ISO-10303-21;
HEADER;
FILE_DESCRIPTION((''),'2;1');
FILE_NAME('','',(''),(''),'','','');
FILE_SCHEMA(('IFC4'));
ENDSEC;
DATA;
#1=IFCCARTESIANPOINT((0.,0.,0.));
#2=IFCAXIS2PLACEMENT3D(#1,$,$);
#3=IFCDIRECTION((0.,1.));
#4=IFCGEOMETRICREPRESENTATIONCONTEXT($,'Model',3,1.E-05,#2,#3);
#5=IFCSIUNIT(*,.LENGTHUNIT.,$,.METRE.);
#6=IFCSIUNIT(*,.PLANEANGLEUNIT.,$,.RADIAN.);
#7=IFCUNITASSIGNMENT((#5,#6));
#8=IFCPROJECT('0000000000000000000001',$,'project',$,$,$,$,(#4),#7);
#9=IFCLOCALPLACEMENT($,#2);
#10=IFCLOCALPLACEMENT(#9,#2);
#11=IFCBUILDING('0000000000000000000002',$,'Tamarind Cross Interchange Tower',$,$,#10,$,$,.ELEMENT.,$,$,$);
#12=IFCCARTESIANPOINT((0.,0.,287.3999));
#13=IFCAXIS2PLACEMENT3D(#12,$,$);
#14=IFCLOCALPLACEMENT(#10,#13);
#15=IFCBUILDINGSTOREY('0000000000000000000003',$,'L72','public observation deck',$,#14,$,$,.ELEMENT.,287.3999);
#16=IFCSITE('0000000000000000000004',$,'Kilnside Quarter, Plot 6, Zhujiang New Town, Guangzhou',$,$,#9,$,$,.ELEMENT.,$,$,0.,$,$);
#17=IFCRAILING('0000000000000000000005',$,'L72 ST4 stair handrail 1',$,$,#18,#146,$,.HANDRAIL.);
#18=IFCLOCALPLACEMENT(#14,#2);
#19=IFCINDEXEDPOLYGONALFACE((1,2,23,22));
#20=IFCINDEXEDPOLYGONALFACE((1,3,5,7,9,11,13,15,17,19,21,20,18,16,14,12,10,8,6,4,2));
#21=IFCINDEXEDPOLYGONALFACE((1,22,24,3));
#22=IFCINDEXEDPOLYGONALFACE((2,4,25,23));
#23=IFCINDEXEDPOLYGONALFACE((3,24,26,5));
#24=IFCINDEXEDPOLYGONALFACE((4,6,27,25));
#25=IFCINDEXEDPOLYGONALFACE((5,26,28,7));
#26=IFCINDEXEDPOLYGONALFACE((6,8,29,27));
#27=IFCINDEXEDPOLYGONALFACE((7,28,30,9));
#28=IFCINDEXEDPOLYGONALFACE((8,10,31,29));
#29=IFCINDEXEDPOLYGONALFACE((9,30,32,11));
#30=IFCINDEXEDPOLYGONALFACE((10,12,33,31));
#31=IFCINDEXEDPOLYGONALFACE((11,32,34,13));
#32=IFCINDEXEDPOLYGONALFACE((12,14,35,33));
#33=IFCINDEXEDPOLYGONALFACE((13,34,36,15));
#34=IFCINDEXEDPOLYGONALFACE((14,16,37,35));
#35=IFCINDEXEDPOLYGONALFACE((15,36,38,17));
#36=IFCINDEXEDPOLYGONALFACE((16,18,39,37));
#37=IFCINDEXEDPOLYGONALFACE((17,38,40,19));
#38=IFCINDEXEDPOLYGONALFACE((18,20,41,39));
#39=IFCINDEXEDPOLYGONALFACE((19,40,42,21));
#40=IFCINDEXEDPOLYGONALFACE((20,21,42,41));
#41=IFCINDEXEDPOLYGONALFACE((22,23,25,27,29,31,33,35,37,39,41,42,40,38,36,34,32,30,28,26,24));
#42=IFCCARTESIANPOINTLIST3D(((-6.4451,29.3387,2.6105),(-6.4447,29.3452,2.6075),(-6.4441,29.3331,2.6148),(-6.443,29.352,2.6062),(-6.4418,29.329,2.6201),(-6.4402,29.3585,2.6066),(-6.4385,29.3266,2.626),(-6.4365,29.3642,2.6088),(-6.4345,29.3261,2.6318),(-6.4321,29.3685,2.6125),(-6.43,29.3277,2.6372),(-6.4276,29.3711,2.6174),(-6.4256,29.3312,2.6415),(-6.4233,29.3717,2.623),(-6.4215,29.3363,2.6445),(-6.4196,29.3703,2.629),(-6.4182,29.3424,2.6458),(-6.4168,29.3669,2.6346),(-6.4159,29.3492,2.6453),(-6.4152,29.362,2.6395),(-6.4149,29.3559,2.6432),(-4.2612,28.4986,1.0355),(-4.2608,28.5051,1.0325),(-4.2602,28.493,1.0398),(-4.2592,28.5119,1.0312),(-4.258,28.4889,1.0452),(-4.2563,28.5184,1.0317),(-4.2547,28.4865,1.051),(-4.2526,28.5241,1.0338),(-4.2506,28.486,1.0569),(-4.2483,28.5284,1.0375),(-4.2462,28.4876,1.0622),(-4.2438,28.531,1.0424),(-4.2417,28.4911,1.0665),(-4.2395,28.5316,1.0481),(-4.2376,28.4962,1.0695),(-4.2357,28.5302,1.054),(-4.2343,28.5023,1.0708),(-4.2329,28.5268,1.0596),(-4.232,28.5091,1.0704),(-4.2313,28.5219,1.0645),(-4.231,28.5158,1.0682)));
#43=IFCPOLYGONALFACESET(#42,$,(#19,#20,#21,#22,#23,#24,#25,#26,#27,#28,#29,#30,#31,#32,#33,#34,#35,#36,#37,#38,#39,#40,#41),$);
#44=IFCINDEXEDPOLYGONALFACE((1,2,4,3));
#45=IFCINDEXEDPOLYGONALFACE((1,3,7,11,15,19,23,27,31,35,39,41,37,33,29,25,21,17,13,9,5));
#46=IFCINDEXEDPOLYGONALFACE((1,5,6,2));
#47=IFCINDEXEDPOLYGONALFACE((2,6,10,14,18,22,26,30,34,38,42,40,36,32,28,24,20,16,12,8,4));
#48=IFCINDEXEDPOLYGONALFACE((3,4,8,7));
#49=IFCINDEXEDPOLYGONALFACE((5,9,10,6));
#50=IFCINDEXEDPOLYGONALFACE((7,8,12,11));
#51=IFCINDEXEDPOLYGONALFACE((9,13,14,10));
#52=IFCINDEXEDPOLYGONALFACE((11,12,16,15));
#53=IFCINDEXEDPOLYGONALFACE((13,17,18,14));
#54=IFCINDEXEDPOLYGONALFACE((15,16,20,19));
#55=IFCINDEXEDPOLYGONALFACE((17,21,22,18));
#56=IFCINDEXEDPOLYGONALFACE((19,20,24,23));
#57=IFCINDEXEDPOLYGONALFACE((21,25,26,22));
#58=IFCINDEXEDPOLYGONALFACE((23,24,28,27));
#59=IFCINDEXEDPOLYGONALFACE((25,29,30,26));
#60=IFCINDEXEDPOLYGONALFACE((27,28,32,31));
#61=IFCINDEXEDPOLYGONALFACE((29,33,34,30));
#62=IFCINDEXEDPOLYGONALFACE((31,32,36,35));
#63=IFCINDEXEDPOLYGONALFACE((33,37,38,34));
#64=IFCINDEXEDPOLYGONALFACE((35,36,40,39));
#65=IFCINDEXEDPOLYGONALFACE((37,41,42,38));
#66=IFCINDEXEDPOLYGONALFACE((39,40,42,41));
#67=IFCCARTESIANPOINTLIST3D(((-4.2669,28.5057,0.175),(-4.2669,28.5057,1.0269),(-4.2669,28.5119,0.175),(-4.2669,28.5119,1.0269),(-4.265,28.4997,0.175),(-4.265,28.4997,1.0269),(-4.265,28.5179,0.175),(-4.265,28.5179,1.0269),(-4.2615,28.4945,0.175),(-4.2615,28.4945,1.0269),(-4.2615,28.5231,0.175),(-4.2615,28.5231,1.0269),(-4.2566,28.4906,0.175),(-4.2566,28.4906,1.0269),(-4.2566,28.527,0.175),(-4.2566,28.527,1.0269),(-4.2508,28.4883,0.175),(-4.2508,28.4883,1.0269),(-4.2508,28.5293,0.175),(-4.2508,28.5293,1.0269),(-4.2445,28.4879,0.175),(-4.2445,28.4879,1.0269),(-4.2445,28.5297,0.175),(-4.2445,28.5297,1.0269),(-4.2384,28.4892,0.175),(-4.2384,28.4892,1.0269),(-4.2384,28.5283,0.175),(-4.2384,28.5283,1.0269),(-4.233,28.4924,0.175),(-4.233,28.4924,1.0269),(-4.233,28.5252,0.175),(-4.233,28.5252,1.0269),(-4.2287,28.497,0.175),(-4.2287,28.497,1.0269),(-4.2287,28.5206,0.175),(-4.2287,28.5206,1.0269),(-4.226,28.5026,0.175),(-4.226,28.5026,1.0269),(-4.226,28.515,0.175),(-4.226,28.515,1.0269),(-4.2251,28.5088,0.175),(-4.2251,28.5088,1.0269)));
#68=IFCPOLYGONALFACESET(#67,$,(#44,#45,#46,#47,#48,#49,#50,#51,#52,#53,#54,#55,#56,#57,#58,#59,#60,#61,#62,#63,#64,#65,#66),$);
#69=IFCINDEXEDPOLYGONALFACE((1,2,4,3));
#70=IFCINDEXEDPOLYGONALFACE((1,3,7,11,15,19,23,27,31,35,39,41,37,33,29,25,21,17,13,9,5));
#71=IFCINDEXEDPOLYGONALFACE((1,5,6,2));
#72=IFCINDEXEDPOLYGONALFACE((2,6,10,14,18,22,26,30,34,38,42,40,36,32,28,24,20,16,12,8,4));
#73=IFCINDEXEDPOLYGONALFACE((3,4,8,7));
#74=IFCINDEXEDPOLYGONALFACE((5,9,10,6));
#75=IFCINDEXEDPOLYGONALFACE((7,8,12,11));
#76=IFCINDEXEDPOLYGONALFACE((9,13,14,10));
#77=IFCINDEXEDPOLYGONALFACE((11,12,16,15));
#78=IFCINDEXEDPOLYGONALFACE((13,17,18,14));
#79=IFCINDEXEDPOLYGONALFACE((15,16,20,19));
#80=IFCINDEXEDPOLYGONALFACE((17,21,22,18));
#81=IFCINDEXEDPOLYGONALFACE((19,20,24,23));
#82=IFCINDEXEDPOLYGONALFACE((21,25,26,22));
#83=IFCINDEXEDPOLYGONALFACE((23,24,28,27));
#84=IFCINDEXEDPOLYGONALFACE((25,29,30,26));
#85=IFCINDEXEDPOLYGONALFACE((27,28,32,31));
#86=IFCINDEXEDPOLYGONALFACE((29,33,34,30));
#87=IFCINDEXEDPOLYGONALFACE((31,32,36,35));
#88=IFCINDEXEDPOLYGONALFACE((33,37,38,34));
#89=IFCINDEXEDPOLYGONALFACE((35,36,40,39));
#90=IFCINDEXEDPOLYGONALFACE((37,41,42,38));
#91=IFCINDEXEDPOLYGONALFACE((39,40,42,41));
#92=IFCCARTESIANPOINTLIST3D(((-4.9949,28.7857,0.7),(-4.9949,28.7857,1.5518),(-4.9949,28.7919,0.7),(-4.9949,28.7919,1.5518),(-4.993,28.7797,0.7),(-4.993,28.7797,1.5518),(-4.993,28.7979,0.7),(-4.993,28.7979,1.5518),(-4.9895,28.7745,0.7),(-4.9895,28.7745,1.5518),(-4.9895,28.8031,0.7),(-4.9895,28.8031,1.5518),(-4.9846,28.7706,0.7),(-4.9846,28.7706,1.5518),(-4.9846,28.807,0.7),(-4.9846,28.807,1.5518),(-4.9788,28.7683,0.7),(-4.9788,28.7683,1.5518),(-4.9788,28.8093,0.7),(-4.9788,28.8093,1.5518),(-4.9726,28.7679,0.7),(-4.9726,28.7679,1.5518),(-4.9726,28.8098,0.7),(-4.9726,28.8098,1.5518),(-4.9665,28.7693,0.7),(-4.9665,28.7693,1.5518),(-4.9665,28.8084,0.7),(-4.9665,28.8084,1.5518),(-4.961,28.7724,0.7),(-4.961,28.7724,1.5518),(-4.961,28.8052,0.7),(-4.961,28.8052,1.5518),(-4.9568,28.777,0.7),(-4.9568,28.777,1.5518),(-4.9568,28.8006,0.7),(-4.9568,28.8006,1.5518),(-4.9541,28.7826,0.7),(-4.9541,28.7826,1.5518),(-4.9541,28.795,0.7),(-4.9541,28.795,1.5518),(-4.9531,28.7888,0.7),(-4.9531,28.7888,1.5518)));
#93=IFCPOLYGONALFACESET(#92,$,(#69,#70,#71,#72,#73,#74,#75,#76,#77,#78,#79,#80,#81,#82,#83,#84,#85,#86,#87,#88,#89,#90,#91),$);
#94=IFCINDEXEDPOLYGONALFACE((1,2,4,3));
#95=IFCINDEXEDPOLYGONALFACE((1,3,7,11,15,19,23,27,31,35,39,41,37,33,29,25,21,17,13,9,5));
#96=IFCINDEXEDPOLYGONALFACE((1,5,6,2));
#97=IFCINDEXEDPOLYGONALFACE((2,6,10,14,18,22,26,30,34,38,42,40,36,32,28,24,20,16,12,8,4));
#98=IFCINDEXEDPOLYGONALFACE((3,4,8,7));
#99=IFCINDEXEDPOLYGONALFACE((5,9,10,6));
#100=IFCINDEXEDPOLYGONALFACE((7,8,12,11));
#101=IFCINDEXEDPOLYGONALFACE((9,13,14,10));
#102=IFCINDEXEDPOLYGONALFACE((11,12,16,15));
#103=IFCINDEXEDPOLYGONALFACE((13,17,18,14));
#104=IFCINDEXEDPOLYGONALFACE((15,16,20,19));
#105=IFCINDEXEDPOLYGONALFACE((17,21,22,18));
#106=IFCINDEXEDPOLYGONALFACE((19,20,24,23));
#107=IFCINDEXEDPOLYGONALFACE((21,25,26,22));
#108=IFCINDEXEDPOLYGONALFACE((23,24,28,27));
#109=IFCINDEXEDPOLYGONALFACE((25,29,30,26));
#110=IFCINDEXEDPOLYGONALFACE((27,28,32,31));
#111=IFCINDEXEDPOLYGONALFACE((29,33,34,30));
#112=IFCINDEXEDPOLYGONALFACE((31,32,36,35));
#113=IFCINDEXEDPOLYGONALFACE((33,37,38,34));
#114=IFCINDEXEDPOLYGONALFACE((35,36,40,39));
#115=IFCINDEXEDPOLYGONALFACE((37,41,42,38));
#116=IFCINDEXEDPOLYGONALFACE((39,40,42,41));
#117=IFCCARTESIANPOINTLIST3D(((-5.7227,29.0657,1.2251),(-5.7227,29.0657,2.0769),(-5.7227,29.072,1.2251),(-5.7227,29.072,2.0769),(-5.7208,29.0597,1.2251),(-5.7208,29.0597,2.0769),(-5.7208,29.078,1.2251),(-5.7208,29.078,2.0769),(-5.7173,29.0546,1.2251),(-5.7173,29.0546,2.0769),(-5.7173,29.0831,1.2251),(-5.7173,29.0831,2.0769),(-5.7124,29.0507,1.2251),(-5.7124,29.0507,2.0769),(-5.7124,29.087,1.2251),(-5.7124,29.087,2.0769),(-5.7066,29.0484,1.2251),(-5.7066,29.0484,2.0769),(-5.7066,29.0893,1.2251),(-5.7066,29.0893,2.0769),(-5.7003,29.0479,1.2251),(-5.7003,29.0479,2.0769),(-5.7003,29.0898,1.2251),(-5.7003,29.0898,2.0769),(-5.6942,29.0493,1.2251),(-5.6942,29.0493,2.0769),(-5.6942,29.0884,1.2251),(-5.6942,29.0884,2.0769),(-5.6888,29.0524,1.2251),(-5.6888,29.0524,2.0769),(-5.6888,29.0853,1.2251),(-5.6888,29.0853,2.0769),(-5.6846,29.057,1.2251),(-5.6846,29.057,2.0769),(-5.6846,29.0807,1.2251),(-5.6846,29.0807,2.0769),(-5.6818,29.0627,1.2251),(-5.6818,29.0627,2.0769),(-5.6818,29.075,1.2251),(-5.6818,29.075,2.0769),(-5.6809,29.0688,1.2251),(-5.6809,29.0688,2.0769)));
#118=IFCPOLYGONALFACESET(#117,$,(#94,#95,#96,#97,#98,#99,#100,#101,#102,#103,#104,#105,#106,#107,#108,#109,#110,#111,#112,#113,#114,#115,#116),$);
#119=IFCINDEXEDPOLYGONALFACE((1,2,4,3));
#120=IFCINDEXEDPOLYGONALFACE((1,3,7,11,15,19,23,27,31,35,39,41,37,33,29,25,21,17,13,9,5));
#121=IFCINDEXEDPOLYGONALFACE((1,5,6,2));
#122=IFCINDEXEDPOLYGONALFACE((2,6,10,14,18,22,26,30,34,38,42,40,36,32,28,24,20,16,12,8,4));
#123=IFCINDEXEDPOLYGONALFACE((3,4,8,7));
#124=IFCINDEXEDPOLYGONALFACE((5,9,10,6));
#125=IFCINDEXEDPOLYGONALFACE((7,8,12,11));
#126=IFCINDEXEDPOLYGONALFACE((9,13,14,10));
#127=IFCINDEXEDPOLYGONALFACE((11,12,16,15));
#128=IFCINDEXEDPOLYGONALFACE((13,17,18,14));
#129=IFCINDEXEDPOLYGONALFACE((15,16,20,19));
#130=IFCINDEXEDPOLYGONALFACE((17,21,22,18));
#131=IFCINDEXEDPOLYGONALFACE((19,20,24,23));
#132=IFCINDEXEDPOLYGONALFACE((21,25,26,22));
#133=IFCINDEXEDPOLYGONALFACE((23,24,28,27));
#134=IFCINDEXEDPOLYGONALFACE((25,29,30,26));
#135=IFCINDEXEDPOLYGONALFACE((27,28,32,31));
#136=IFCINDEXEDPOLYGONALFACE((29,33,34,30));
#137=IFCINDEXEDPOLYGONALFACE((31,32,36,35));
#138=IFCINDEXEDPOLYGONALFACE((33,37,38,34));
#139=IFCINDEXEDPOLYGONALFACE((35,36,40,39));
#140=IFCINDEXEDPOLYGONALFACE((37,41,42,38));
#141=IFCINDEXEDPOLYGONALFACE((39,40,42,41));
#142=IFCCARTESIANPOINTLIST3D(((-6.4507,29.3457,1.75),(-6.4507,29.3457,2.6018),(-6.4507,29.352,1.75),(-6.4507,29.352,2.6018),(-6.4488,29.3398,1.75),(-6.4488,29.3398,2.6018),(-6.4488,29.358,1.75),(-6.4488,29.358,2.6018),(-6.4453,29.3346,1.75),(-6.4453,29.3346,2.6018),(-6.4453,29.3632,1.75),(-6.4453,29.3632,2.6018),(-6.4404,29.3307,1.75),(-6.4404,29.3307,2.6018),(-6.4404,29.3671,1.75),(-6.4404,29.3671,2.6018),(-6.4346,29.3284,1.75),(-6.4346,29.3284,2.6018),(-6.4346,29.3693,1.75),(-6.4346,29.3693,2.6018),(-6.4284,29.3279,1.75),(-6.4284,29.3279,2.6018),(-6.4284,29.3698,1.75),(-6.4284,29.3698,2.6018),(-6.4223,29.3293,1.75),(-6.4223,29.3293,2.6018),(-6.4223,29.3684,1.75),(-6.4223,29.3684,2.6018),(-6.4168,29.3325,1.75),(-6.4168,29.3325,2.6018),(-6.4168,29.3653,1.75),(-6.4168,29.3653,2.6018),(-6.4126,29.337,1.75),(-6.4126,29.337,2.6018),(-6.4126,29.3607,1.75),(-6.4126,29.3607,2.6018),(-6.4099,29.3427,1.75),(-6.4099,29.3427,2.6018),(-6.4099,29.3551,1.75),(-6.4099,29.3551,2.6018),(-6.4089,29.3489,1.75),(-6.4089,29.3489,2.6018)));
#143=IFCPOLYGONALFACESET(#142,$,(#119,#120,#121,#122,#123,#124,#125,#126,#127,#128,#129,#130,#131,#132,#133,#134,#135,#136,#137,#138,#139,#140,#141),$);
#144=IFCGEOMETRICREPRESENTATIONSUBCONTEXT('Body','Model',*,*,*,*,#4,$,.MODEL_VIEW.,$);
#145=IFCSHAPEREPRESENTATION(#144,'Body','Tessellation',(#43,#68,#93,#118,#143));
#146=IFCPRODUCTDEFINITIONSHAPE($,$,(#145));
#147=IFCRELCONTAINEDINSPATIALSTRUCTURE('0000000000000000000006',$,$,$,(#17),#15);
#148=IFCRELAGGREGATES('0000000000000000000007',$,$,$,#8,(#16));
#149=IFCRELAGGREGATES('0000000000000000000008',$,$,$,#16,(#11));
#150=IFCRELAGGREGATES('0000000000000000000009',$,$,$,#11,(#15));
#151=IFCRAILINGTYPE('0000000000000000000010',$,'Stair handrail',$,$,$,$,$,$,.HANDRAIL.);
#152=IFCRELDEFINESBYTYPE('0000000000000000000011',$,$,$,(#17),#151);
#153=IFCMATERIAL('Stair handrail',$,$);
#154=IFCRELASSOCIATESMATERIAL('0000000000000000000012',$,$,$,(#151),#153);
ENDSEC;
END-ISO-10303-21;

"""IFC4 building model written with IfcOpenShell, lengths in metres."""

from ifc_helpers import new_model, si_unit, direction, frame, origin, origin_2d, place, context, subcontext, project, spatial, circle, extrude, material, type_object, element, save


model = new_model("IFC4")

# Units and contexts
model_context = context("Model", 3, precision=1e-05, world=origin(), true_north=direction((0.0, 1.0)))
body_context = subcontext(model_context, "Body", "Model", "MODEL_VIEW")
ifc_project = project(units=[si_unit("LENGTHUNIT", "METRE"), si_unit("PLANEANGLEUNIT", "RADIAN")], contexts=[model_context])

# Site, building, storey
site_placement = place(None, origin())
site = spatial("IfcSite", under=ifc_project, at=site_placement, Name="Kilnside Quarter, Plot 6, Zhujiang New Town, Guangzhou", CompositionType="ELEMENT", RefElevation=0.0)
building_placement = place(site_placement, origin())
building = spatial("IfcBuilding", under=site, at=building_placement, Name="Tamarind Cross Interchange Tower", CompositionType="ELEMENT")
storey_placement = place(building_placement, frame((0.0, 0.0, 287.3999)))
storey = spatial("IfcBuildingStorey", under=building, at=storey_placement, Name="L72", Description="public observation deck", CompositionType="ELEMENT", Elevation=287.3999)

# Railing
ifc_material_1 = material(Name="Stair handrail")
railing_type_1 = type_object("IfcRailingType", Name="Stair handrail", PredefinedType="HANDRAIL", material=ifc_material_1)
for number, where, name in (
    (1, (-4.2461, 28.5088, 0.175), "L72 ST4 stair handrail 1"),
):
    element("IfcRailing", number, at=place(storey_placement, frame(where)), inside=storey, type_object=railing_type_1, Name=name, PredefinedType="HANDRAIL", context=body_context, shape_type="SweptSolid", body=[
        extrude(circle(Radius=0.0239, at=origin_2d()), frame((0.0, 0.0, 0.876), z_axis=(-0.774266, 0.297848, 0.558389), x_axis=(-0.359035, -0.933324, 0.0)), (0.0, 0.0, 1.0), 2.8206),
        extrude(circle(Radius=0.021, at=origin_2d()), origin(), (0.0, 0.0, 1.0), 0.8518),
        extrude(circle(Radius=0.021, at=origin_2d()), frame((-0.728, 0.28, 0.5249)), (0.0, 0.0, 1.0), 0.8518),
        extrude(circle(Radius=0.021, at=origin_2d()), frame((-1.4558, 0.5601, 1.05)), (0.0, 0.0, 1.0), 0.8518),
        extrude(circle(Radius=0.021, at=origin_2d()), frame((-2.1838, 0.8401, 1.575)), (0.0, 0.0, 1.0), 0.8518),
    ])

save(model, "model.ifc")
